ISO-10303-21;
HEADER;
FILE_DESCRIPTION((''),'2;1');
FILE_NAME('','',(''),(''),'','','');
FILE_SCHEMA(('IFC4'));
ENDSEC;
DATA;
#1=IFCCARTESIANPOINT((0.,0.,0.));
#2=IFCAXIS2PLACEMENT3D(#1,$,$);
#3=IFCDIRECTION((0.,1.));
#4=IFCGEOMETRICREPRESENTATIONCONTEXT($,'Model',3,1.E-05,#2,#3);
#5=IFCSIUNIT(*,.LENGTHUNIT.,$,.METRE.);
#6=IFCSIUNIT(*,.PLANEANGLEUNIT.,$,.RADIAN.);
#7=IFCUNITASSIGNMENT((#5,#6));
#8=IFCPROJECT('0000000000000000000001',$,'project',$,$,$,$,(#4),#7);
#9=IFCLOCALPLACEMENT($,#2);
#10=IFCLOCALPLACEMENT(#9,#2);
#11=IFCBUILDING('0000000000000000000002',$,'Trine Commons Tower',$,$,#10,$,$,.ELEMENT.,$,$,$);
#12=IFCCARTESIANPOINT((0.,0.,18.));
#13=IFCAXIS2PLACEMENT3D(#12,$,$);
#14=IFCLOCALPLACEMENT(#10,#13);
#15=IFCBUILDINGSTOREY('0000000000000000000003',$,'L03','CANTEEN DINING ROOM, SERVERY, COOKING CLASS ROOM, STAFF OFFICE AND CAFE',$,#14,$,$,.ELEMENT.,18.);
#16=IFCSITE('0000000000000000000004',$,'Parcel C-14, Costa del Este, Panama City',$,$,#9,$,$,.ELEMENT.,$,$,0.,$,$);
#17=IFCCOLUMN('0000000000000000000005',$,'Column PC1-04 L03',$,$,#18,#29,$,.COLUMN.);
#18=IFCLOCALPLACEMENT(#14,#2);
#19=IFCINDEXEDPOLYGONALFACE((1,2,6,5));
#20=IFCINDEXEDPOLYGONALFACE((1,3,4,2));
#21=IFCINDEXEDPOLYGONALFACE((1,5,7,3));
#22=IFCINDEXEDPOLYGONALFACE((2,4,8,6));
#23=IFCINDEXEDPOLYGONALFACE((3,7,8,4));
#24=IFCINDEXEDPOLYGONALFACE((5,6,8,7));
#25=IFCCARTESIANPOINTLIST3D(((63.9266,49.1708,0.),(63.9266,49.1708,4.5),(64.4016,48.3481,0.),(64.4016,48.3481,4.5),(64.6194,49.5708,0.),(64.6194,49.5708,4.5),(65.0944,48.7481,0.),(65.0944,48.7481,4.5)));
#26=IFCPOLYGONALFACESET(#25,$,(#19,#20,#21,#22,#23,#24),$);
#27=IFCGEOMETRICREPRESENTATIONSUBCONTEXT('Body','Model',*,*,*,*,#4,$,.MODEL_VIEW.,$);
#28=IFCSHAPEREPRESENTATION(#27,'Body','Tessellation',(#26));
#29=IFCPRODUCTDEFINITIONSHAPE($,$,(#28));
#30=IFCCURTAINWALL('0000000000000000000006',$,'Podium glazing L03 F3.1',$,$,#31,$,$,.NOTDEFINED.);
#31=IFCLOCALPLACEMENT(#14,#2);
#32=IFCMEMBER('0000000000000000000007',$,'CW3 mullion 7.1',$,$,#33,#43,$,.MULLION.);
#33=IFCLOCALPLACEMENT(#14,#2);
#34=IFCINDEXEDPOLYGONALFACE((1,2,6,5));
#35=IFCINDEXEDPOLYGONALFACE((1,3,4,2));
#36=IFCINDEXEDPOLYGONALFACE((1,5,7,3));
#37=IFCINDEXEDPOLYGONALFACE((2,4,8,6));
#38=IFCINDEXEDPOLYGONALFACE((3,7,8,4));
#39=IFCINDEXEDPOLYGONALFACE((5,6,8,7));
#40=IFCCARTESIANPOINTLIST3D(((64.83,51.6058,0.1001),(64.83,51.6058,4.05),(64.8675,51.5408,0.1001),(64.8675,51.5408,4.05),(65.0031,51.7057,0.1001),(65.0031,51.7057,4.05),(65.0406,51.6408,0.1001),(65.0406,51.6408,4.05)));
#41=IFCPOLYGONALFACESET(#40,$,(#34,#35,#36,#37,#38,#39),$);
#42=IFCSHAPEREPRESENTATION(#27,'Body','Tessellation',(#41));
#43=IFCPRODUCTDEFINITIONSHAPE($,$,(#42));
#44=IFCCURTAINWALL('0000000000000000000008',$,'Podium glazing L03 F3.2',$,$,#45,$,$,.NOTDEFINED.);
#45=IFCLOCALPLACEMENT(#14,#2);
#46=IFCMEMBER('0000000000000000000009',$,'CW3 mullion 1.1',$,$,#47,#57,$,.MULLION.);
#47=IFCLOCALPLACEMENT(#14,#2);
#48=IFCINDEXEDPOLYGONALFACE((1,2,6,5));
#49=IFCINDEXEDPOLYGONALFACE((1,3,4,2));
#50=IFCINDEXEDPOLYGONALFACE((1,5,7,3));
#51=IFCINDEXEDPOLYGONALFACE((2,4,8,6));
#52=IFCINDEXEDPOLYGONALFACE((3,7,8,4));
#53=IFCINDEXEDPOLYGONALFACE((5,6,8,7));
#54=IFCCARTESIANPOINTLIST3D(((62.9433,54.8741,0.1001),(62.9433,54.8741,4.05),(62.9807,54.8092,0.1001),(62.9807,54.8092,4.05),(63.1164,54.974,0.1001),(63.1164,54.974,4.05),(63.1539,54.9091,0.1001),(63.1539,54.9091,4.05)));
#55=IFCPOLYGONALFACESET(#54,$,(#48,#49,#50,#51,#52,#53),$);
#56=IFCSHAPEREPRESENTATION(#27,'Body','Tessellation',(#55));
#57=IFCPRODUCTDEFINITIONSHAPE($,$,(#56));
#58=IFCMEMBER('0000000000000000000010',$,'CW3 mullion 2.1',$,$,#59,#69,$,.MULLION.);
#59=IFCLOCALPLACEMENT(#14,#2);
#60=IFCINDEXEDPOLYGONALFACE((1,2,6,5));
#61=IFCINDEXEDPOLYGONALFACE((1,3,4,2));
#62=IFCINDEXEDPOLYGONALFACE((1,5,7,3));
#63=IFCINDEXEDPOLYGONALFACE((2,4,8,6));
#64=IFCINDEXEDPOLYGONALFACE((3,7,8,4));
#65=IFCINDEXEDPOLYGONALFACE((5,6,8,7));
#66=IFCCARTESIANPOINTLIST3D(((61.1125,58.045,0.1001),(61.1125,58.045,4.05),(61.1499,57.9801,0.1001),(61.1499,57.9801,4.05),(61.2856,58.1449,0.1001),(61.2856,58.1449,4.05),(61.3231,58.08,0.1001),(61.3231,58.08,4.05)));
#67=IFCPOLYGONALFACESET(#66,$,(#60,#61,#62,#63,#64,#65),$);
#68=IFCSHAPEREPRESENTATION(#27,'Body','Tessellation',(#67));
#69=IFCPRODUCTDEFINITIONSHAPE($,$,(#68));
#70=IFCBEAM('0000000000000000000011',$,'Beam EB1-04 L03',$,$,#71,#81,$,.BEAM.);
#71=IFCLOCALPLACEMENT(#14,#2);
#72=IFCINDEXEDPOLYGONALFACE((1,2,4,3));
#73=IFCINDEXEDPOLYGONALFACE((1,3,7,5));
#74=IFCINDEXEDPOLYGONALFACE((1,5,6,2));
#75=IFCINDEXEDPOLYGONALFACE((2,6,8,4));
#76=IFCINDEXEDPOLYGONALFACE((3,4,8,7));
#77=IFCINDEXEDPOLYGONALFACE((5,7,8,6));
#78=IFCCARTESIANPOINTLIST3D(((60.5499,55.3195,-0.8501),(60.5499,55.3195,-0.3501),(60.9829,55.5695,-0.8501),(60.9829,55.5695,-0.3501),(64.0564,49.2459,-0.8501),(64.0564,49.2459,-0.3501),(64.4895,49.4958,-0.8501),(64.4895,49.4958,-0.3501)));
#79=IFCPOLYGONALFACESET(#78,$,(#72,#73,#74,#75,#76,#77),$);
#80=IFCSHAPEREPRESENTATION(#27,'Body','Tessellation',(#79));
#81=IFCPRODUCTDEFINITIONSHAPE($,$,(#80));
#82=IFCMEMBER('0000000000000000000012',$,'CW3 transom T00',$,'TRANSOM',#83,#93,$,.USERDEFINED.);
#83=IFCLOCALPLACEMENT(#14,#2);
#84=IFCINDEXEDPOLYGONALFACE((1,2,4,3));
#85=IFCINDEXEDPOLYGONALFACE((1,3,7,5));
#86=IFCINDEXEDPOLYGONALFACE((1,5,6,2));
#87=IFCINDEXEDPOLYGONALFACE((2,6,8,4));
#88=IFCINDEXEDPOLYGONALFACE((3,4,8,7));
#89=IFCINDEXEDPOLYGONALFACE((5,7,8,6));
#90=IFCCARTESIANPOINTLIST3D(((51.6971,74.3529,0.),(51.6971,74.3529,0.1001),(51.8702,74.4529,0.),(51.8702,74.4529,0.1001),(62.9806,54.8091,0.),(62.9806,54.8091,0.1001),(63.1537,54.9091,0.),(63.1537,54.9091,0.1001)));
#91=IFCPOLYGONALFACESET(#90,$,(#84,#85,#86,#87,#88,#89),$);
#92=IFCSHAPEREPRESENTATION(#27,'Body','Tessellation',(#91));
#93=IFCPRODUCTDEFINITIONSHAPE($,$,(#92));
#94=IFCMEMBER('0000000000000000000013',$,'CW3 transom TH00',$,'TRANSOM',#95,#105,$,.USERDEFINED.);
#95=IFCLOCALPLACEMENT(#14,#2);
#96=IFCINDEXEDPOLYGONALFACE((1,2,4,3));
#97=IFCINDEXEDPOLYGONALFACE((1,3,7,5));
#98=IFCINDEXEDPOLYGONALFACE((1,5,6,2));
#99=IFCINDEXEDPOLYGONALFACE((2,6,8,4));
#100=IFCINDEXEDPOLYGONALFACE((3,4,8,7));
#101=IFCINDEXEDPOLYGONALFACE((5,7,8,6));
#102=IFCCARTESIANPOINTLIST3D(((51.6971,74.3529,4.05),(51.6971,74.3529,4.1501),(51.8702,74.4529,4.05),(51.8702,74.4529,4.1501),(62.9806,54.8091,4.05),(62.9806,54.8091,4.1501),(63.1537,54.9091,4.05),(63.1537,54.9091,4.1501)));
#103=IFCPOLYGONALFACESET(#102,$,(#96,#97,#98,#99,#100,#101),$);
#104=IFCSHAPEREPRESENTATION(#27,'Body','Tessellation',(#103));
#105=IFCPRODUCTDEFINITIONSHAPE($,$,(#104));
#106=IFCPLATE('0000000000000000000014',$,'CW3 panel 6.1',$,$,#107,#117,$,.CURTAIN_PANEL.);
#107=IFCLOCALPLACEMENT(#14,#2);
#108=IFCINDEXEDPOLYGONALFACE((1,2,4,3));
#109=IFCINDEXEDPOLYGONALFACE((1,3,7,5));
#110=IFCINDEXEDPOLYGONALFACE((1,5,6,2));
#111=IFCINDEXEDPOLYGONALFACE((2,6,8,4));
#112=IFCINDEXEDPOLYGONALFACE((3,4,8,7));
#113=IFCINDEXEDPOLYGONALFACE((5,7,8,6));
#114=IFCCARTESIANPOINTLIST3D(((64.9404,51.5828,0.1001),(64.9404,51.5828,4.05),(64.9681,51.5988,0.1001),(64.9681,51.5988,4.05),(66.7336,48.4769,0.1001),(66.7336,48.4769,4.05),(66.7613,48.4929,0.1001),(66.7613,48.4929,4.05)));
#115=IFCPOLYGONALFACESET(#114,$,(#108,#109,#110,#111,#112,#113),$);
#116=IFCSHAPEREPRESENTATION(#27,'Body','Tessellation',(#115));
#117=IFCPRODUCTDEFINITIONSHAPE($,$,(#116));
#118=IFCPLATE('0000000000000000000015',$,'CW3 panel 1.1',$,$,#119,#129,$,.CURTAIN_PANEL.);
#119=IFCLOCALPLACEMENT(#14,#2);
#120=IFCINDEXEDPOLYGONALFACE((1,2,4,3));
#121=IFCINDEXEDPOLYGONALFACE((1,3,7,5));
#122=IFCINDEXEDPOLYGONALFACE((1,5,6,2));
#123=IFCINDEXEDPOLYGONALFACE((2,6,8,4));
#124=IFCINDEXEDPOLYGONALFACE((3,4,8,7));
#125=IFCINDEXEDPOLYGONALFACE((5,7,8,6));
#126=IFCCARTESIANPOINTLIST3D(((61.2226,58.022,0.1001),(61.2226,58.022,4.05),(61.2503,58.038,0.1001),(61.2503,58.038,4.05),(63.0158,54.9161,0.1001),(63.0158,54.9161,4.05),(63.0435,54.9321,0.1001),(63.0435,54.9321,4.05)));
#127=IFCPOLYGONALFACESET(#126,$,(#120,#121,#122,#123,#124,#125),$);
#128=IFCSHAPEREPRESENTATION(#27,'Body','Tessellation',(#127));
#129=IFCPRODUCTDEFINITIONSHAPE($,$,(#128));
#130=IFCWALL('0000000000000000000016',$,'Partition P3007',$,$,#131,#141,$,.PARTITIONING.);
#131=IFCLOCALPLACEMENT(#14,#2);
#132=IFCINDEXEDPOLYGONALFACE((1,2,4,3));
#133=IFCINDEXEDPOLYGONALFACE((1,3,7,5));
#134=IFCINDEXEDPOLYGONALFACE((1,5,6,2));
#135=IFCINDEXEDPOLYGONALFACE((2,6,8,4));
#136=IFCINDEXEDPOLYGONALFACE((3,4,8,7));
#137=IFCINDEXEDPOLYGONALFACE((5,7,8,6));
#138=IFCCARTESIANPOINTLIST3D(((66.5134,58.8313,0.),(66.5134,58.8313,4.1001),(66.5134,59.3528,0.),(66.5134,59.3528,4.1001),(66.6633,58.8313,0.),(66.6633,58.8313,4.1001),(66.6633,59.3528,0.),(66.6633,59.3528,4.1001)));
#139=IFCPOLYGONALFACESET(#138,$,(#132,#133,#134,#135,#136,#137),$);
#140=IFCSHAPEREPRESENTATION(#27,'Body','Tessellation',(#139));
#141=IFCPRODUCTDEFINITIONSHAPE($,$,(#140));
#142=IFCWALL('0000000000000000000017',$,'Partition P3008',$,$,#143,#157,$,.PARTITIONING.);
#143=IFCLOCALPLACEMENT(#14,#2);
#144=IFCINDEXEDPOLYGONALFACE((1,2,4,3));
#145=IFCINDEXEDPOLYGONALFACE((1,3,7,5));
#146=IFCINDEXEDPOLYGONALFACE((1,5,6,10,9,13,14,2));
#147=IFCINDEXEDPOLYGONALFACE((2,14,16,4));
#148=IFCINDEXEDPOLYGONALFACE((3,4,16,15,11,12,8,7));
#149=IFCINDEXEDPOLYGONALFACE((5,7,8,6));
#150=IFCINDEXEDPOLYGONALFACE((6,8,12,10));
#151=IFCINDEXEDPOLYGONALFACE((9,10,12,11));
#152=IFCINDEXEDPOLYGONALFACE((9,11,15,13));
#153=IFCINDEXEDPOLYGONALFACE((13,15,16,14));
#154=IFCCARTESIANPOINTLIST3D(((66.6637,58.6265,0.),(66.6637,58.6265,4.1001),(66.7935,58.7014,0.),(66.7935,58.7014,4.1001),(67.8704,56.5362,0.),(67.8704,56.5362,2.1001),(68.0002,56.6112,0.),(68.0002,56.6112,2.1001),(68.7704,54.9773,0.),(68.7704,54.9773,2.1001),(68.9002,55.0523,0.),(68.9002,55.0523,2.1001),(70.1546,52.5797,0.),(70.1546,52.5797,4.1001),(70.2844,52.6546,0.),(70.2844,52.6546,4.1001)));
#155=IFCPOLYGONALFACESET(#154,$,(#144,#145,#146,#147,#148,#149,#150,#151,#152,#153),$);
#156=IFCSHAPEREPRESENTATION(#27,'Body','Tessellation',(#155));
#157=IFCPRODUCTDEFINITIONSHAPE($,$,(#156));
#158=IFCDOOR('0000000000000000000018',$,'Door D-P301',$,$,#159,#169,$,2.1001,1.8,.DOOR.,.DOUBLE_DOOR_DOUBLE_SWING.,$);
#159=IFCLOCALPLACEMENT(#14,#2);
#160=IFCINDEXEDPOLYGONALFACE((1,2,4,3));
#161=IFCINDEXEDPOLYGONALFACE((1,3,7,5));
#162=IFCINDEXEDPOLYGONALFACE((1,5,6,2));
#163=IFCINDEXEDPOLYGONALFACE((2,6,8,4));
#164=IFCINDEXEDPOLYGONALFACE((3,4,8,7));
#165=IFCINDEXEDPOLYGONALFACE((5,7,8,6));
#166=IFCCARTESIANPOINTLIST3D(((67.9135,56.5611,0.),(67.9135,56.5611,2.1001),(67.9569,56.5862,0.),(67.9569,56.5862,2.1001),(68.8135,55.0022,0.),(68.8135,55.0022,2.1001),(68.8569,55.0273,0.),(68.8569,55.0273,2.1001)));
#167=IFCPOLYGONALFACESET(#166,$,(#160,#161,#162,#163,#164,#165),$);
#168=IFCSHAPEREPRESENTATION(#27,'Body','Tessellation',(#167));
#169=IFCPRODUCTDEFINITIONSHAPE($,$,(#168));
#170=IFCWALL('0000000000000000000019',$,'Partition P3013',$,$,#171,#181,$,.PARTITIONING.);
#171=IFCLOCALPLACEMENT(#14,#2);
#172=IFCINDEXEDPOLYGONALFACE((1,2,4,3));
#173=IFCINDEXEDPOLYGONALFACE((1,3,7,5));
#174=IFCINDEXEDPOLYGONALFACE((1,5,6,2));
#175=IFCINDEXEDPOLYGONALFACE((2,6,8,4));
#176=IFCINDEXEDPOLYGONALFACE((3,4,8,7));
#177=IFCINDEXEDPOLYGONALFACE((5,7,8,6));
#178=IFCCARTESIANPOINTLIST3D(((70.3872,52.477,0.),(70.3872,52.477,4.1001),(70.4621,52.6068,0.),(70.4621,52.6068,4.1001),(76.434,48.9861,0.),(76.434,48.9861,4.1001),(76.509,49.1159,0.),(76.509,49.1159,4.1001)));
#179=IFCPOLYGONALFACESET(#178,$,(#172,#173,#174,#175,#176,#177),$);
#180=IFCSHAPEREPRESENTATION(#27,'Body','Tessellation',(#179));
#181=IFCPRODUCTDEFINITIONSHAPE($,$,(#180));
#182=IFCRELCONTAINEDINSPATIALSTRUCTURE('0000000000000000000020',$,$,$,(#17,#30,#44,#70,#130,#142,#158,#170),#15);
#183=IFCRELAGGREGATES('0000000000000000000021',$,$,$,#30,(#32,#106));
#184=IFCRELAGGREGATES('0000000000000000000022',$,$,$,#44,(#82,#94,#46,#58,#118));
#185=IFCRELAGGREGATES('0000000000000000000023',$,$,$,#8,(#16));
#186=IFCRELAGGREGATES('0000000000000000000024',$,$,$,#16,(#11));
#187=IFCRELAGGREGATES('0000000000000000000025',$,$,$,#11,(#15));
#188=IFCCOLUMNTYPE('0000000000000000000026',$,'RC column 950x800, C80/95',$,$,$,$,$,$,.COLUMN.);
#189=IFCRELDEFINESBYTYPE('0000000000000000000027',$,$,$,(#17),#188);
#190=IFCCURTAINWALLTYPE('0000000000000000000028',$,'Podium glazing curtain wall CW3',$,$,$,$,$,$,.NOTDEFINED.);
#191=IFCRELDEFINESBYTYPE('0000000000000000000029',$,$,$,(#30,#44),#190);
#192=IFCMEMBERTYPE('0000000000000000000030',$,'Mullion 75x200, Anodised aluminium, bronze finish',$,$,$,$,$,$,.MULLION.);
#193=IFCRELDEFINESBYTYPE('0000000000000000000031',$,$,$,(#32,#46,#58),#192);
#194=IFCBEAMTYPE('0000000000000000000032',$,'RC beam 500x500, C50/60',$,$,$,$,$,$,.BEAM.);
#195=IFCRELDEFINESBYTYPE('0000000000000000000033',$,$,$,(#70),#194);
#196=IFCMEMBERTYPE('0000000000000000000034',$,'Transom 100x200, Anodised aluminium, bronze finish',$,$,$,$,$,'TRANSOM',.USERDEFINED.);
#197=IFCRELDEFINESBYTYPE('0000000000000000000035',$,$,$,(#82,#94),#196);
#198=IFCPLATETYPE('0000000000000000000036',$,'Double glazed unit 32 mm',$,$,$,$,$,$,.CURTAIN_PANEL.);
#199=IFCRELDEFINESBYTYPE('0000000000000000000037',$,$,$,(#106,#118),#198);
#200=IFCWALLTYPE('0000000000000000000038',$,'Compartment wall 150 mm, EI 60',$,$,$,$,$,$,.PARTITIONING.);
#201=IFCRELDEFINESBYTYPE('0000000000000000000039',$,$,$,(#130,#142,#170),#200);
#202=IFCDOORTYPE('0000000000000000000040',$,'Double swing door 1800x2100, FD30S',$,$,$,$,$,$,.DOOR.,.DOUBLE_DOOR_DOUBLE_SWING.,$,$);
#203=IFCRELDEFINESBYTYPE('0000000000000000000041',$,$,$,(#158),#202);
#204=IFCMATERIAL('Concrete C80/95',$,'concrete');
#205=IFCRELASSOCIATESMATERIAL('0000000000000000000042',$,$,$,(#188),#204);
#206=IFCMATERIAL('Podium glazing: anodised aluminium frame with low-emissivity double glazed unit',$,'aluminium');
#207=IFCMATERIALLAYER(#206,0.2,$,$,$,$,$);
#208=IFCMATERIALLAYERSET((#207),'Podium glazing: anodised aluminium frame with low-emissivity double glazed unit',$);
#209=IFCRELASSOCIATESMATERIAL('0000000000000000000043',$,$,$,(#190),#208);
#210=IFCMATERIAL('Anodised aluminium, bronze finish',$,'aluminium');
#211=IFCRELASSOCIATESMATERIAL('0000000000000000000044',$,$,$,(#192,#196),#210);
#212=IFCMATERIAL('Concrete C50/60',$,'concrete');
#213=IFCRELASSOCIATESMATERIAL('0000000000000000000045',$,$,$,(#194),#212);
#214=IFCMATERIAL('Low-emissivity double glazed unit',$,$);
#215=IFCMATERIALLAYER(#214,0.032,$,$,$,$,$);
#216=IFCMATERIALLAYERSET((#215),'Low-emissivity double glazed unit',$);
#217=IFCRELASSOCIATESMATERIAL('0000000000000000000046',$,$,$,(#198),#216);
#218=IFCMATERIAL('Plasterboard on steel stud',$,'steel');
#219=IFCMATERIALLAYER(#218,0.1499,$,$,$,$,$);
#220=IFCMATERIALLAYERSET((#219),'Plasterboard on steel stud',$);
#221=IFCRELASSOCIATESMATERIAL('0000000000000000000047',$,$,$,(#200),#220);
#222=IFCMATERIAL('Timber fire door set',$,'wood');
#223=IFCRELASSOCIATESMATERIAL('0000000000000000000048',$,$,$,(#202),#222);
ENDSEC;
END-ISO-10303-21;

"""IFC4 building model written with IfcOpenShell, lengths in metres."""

from ifc_helpers import new_model, si_unit, direction, frame, frame_2d, origin, origin_2d, place, context, subcontext, project, spatial, rectangle, extrude, material, layer, layer_set, material_profile, profile_set, type_object, element, fill, aggregate, save


model = new_model("IFC4")

# Units and contexts
model_context = context("Model", 3, precision=1e-05, world=origin(), true_north=direction((0.0, 1.0)))
body_context = subcontext(model_context, "Body", "Model", "MODEL_VIEW")
ifc_project = project(units=[si_unit("LENGTHUNIT", "METRE"), si_unit("PLANEANGLEUNIT", "RADIAN")], contexts=[model_context])

# Site, building, storey
site_placement = place(None, origin())
site = spatial("IfcSite", under=ifc_project, at=site_placement, Name="Parcel C-14, Costa del Este, Panama City", CompositionType="ELEMENT", RefElevation=0.0)
building_placement = place(site_placement, origin())
building = spatial("IfcBuilding", under=site, at=building_placement, Name="Trine Commons Tower", CompositionType="ELEMENT")
storey_placement = place(building_placement, frame((0.0, 0.0, 18.0)))
storey = spatial("IfcBuildingStorey", under=building, at=storey_placement, Name="L03", Description="CANTEEN DINING ROOM, SERVERY, COOKING CLASS ROOM, STAFF OFFICE AND CAFE", CompositionType="ELEMENT", Elevation=18.0)

# Column
ifc_material_1 = material(Name="Concrete C80/95", Category="concrete")
ifc_material_profile_1 = material_profile(ifc_material_1, rectangle(XDim=0.95, YDim=0.8, at=origin_2d()), Name="RC 950x800")
ifc_profile_set_1 = profile_set([ifc_material_profile_1], Name="Concrete C80/95")
column_type = type_object("IfcColumnType", Name="RC column 950x800, C80/95", PredefinedType="COLUMN", material=ifc_profile_set_1)
column_placement = place(storey_placement, frame((64.5105, 48.9595, 0.0), z_axis=(0.0, 0.0, 1.0), x_axis=(-0.5, 0.866025, 0.0)))
element("IfcColumn", 1, at=column_placement, inside=storey, type_object=column_type, Name="Column PC1-04 L03", PredefinedType="COLUMN", context=body_context, shape_type="SweptSolid", body=[
    extrude(rectangle(XDim=0.95, YDim=0.8, at=origin_2d()), origin(), (0.0, 0.0, 1.0), 4.5),
])

# Curtain wall, member
ifc_material_2 = material(Name="Podium glazing: anodised aluminium frame with low-emissivity double glazed unit", Category="aluminium")
ifc_layer_1 = layer(ifc_material_2, 0.2)
ifc_layer_set_1 = layer_set([ifc_layer_1], Name="Podium glazing: anodised aluminium frame with low-emissivity double glazed unit")
curtain_wall_type = type_object("IfcCurtainWallType", Name="Podium glazing curtain wall CW3", PredefinedType="NOTDEFINED", material=ifc_layer_set_1)
curtain_wall_1_placement = place(storey_placement, origin())
curtain_wall_1 = element("IfcCurtainWall", 2, at=curtain_wall_1_placement, inside=storey, type_object=curtain_wall_type, Name="Podium glazing L03 F3.1", PredefinedType="NOTDEFINED")
ifc_material_3 = material(Name="Anodised aluminium, bronze finish", Category="aluminium")
ifc_material_profile_2 = material_profile(ifc_material_3, rectangle(XDim=0.2, YDim=0.075, at=origin_2d()), Name="Mullion 75x200")
ifc_profile_set_2 = profile_set([ifc_material_profile_2], Name="Anodised aluminium, bronze finish")
member_type_1 = type_object("IfcMemberType", Name="Mullion 75x200, Anodised aluminium, bronze finish", PredefinedType="MULLION", material=ifc_profile_set_2)
member_1_placement = place(storey_placement, frame((64.9353, 51.6233, 0.1001), z_axis=(0.0, 0.0, 1.0), x_axis=(-0.866025, -0.5, 0.0)))
member_1 = element("IfcMember", 3, at=member_1_placement, type_object=member_type_1, Name="CW3 mullion 7.1", PredefinedType="MULLION", context=body_context, shape_type="SweptSolid", body=[
    extrude(rectangle(XDim=0.2, YDim=0.075, at=origin_2d()), origin(), (0.0, 0.0, 1.0), 3.95),
])

# Curtain wall, members
curtain_wall_2_placement = place(storey_placement, origin())
curtain_wall_2 = element("IfcCurtainWall", 4, at=curtain_wall_2_placement, inside=storey, type_object=curtain_wall_type, Name="Podium glazing L03 F3.2", PredefinedType="NOTDEFINED")
member_2_placement = place(storey_placement, frame((63.0486, 54.8916, 0.1001), z_axis=(0.0, 0.0, 1.0), x_axis=(-0.866025, -0.5, 0.0)))
member_2 = element("IfcMember", 5, at=member_2_placement, type_object=member_type_1, Name="CW3 mullion 1.1", PredefinedType="MULLION", context=body_context, shape_type="SweptSolid", body=[
    extrude(rectangle(XDim=0.2, YDim=0.075, at=origin_2d()), origin(), (0.0, 0.0, 1.0), 3.95),
])
member_3_placement = place(storey_placement, frame((61.2178, 58.0625, 0.1001), z_axis=(0.0, 0.0, 1.0), x_axis=(-0.866025, -0.5, 0.0)))
member_3 = element("IfcMember", 6, at=member_3_placement, type_object=member_type_1, Name="CW3 mullion 2.1", PredefinedType="MULLION", context=body_context, shape_type="SweptSolid", body=[
    extrude(rectangle(XDim=0.2, YDim=0.075, at=origin_2d()), origin(), (0.0, 0.0, 1.0), 3.95),
])

# Beam
ifc_material_4 = material(Name="Concrete C50/60", Category="concrete")
ifc_material_profile_3 = material_profile(ifc_material_4, rectangle(XDim=0.5, YDim=0.5, at=origin_2d()), Name="RC 500x500")
ifc_profile_set_3 = profile_set([ifc_material_profile_3], Name="Concrete C50/60")
beam_type = type_object("IfcBeamType", Name="RC beam 500x500, C50/60", PredefinedType="BEAM", material=ifc_profile_set_3)
beam_placement = place(storey_placement, frame((64.2729, 49.3708, -0.6001), z_axis=(-0.499992, 0.86603, 0.0), x_axis=(-0.86603, -0.499992, 0.0)))
element("IfcBeam", 7, at=beam_placement, inside=storey, type_object=beam_type, Name="Beam EB1-04 L03", PredefinedType="BEAM", context=body_context, shape_type="SweptSolid", body=[
    extrude(rectangle(XDim=0.5, YDim=0.5, at=origin_2d()), origin(), (0.0, 0.0, 1.0), 7.0132),
])

# Members
ifc_material_profile_4 = material_profile(ifc_material_3, rectangle(XDim=0.2, YDim=0.1001, at=origin_2d()), Name="Transom 100x200")
ifc_profile_set_4 = profile_set([ifc_material_profile_4], Name="Anodised aluminium, bronze finish")
member_type_2 = type_object("IfcMemberType", Name="Transom 100x200, Anodised aluminium, bronze finish", ElementType="TRANSOM", PredefinedType="USERDEFINED", material=ifc_profile_set_4)
member_4_placement = place(storey_placement, frame((63.0671, 54.8591, 0.05), z_axis=(-0.499996, 0.866028, 0.0), x_axis=(-0.866028, -0.499996, 0.0)))
member_4 = element("IfcMember", 8, at=member_4_placement, type_object=member_type_2, Name="CW3 transom T00", ObjectType="TRANSOM", PredefinedType="USERDEFINED", context=body_context, shape_type="SweptSolid", body=[
    extrude(rectangle(XDim=0.2, YDim=0.1001, at=origin_2d()), origin(), (0.0, 0.0, 1.0), 22.5671),
])
member_5_placement = place(storey_placement, frame((63.0671, 54.8591, 4.1001), z_axis=(-0.499996, 0.866028, 0.0), x_axis=(-0.866028, -0.499996, 0.0)))
member_5 = element("IfcMember", 9, at=member_5_placement, type_object=member_type_2, Name="CW3 transom TH00", ObjectType="TRANSOM", PredefinedType="USERDEFINED", context=body_context, shape_type="SweptSolid", body=[
    extrude(rectangle(XDim=0.2, YDim=0.1001, at=origin_2d()), origin(), (0.0, 0.0, 1.0), 22.5671),
])

# Plates
ifc_material_5 = material(Name="Low-emissivity double glazed unit")
ifc_layer_2 = layer(ifc_material_5, 0.032)
ifc_layer_set_2 = layer_set([ifc_layer_2], Name="Low-emissivity double glazed unit")
plate_type = type_object("IfcPlateType", Name="Double glazed unit 32 mm", PredefinedType="CURTAIN_PANEL", material=ifc_layer_set_2)
plate_1_placement = place(storey_placement, frame((65.8508, 50.0378, 0.1001), z_axis=(0.0, 0.0, 1.0), x_axis=(-0.5, 0.866025, 0.0)))
plate_1 = element("IfcPlate", 10, at=plate_1_placement, type_object=plate_type, Name="CW3 panel 6.1", PredefinedType="CURTAIN_PANEL", context=body_context, shape_type="SweptSolid", body=[
    extrude(rectangle(XDim=3.5864, YDim=0.032, at=origin_2d()), origin(), (0.0, 0.0, 1.0), 3.95),
])
aggregate(curtain_wall_1, [member_1, plate_1])
plate_2_placement = place(storey_placement, frame((62.1331, 56.4771, 0.1001), z_axis=(0.0, 0.0, 1.0), x_axis=(-0.5, 0.866025, 0.0)))
plate_2 = element("IfcPlate", 11, at=plate_2_placement, type_object=plate_type, Name="CW3 panel 1.1", PredefinedType="CURTAIN_PANEL", context=body_context, shape_type="SweptSolid", body=[
    extrude(rectangle(XDim=3.5864, YDim=0.032, at=origin_2d()), origin(), (0.0, 0.0, 1.0), 3.95),
])
aggregate(curtain_wall_2, [member_4, member_5, member_2, member_3, plate_2])

# Wall
ifc_material_6 = material(Name="Plasterboard on steel stud", Category="steel")
ifc_layer_3 = layer(ifc_material_6, 0.1499)
ifc_layer_set_3 = layer_set([ifc_layer_3], Name="Plasterboard on steel stud")
wall_type_1 = type_object("IfcWallType", Name="Compartment wall 150 mm, EI 60", PredefinedType="PARTITIONING", material=ifc_layer_set_3)
wall_1_placement = place(storey_placement, frame((66.5884, 58.8313, 0.0), z_axis=(0.0, 0.0, 1.0), x_axis=(0.0, 1.0, 0.0)))
element("IfcWall", 12, at=wall_1_placement, inside=storey, type_object=wall_type_1, Name="Partition P3007", PredefinedType="PARTITIONING", context=body_context, shape_type="SweptSolid", body=[
    extrude(rectangle(XDim=0.5215, YDim=0.1499, at=frame_2d((0.2607, 0.0))), origin(), (0.0, 0.0, 1.0), 4.1001),
])

# Wall, opening, door
wall_2_placement = place(storey_placement, frame((66.7285, 58.6641, 0.0), z_axis=(0.0, 0.0, 1.0), x_axis=(0.499979, -0.866038, 0.0)))
wall_2 = element("IfcWall", 13, at=wall_2_placement, inside=storey, type_object=wall_type_1, Name="Partition P3008", PredefinedType="PARTITIONING", context=body_context, shape_type="SweptSolid", body=[
    extrude(rectangle(XDim=6.9822, YDim=0.1499, at=frame_2d((3.4912, 0.0))), origin(), (0.0, 0.0, 1.0), 4.1001),
])
opening_1_placement = place(wall_2_placement, frame((2.4138, 0.0, 0.0)))
opening_1 = element("IfcOpeningElement", 14, at=opening_1_placement, cuts=wall_2, PredefinedType="OPENING", context=body_context, shape_type="SweptSolid", body=[
    extrude(rectangle(XDim=1.8, YDim=2.1001, at=frame_2d((0.8999, 1.05))), frame((0.0, 0.085, 0.0), z_axis=(0.0, -1.0, 0.0), x_axis=(1.0, 0.0, 0.0)), (0.0, 0.0, 1.0), 0.1699),
])
ifc_material_7 = material(Name="Timber fire door set", Category="wood")
door_type_1 = type_object("IfcDoorType", Name="Double swing door 1800x2100, FD30S", OperationType="DOUBLE_DOOR_DOUBLE_SWING", PredefinedType="DOOR", material=ifc_material_7)
door_1_placement = place(opening_1_placement, origin())
door_1 = element("IfcDoor", 15, at=door_1_placement, inside=storey, type_object=door_type_1, Name="Door D-P301", OperationType="DOUBLE_DOOR_DOUBLE_SWING", OverallHeight=2.1001, OverallWidth=1.8, PredefinedType="DOOR", context=body_context, shape_type="SweptSolid", body=[
    extrude(rectangle(XDim=1.8, YDim=2.1001, at=frame_2d((0.8999, 1.05))), frame((0.0, 0.0249, 0.0), z_axis=(0.0, -1.0, 0.0), x_axis=(1.0, 0.0, 0.0)), (0.0, 0.0, 1.0), 0.05),
])
fill(opening_1, door_1)

# Wall
wall_3_placement = place(storey_placement, frame((70.4246, 52.542, 0.0), z_axis=(0.0, 0.0, 1.0), x_axis=(0.866038, -0.499979, 0.0)))
element("IfcWall", 16, at=wall_3_placement, inside=storey, type_object=wall_type_1, Name="Partition P3013", PredefinedType="PARTITIONING", context=body_context, shape_type="SweptSolid", body=[
    extrude(rectangle(XDim=6.9822, YDim=0.1499, at=frame_2d((3.4912, 0.0))), origin(), (0.0, 0.0, 1.0), 4.1001),
])

save(model, "model.ifc")
